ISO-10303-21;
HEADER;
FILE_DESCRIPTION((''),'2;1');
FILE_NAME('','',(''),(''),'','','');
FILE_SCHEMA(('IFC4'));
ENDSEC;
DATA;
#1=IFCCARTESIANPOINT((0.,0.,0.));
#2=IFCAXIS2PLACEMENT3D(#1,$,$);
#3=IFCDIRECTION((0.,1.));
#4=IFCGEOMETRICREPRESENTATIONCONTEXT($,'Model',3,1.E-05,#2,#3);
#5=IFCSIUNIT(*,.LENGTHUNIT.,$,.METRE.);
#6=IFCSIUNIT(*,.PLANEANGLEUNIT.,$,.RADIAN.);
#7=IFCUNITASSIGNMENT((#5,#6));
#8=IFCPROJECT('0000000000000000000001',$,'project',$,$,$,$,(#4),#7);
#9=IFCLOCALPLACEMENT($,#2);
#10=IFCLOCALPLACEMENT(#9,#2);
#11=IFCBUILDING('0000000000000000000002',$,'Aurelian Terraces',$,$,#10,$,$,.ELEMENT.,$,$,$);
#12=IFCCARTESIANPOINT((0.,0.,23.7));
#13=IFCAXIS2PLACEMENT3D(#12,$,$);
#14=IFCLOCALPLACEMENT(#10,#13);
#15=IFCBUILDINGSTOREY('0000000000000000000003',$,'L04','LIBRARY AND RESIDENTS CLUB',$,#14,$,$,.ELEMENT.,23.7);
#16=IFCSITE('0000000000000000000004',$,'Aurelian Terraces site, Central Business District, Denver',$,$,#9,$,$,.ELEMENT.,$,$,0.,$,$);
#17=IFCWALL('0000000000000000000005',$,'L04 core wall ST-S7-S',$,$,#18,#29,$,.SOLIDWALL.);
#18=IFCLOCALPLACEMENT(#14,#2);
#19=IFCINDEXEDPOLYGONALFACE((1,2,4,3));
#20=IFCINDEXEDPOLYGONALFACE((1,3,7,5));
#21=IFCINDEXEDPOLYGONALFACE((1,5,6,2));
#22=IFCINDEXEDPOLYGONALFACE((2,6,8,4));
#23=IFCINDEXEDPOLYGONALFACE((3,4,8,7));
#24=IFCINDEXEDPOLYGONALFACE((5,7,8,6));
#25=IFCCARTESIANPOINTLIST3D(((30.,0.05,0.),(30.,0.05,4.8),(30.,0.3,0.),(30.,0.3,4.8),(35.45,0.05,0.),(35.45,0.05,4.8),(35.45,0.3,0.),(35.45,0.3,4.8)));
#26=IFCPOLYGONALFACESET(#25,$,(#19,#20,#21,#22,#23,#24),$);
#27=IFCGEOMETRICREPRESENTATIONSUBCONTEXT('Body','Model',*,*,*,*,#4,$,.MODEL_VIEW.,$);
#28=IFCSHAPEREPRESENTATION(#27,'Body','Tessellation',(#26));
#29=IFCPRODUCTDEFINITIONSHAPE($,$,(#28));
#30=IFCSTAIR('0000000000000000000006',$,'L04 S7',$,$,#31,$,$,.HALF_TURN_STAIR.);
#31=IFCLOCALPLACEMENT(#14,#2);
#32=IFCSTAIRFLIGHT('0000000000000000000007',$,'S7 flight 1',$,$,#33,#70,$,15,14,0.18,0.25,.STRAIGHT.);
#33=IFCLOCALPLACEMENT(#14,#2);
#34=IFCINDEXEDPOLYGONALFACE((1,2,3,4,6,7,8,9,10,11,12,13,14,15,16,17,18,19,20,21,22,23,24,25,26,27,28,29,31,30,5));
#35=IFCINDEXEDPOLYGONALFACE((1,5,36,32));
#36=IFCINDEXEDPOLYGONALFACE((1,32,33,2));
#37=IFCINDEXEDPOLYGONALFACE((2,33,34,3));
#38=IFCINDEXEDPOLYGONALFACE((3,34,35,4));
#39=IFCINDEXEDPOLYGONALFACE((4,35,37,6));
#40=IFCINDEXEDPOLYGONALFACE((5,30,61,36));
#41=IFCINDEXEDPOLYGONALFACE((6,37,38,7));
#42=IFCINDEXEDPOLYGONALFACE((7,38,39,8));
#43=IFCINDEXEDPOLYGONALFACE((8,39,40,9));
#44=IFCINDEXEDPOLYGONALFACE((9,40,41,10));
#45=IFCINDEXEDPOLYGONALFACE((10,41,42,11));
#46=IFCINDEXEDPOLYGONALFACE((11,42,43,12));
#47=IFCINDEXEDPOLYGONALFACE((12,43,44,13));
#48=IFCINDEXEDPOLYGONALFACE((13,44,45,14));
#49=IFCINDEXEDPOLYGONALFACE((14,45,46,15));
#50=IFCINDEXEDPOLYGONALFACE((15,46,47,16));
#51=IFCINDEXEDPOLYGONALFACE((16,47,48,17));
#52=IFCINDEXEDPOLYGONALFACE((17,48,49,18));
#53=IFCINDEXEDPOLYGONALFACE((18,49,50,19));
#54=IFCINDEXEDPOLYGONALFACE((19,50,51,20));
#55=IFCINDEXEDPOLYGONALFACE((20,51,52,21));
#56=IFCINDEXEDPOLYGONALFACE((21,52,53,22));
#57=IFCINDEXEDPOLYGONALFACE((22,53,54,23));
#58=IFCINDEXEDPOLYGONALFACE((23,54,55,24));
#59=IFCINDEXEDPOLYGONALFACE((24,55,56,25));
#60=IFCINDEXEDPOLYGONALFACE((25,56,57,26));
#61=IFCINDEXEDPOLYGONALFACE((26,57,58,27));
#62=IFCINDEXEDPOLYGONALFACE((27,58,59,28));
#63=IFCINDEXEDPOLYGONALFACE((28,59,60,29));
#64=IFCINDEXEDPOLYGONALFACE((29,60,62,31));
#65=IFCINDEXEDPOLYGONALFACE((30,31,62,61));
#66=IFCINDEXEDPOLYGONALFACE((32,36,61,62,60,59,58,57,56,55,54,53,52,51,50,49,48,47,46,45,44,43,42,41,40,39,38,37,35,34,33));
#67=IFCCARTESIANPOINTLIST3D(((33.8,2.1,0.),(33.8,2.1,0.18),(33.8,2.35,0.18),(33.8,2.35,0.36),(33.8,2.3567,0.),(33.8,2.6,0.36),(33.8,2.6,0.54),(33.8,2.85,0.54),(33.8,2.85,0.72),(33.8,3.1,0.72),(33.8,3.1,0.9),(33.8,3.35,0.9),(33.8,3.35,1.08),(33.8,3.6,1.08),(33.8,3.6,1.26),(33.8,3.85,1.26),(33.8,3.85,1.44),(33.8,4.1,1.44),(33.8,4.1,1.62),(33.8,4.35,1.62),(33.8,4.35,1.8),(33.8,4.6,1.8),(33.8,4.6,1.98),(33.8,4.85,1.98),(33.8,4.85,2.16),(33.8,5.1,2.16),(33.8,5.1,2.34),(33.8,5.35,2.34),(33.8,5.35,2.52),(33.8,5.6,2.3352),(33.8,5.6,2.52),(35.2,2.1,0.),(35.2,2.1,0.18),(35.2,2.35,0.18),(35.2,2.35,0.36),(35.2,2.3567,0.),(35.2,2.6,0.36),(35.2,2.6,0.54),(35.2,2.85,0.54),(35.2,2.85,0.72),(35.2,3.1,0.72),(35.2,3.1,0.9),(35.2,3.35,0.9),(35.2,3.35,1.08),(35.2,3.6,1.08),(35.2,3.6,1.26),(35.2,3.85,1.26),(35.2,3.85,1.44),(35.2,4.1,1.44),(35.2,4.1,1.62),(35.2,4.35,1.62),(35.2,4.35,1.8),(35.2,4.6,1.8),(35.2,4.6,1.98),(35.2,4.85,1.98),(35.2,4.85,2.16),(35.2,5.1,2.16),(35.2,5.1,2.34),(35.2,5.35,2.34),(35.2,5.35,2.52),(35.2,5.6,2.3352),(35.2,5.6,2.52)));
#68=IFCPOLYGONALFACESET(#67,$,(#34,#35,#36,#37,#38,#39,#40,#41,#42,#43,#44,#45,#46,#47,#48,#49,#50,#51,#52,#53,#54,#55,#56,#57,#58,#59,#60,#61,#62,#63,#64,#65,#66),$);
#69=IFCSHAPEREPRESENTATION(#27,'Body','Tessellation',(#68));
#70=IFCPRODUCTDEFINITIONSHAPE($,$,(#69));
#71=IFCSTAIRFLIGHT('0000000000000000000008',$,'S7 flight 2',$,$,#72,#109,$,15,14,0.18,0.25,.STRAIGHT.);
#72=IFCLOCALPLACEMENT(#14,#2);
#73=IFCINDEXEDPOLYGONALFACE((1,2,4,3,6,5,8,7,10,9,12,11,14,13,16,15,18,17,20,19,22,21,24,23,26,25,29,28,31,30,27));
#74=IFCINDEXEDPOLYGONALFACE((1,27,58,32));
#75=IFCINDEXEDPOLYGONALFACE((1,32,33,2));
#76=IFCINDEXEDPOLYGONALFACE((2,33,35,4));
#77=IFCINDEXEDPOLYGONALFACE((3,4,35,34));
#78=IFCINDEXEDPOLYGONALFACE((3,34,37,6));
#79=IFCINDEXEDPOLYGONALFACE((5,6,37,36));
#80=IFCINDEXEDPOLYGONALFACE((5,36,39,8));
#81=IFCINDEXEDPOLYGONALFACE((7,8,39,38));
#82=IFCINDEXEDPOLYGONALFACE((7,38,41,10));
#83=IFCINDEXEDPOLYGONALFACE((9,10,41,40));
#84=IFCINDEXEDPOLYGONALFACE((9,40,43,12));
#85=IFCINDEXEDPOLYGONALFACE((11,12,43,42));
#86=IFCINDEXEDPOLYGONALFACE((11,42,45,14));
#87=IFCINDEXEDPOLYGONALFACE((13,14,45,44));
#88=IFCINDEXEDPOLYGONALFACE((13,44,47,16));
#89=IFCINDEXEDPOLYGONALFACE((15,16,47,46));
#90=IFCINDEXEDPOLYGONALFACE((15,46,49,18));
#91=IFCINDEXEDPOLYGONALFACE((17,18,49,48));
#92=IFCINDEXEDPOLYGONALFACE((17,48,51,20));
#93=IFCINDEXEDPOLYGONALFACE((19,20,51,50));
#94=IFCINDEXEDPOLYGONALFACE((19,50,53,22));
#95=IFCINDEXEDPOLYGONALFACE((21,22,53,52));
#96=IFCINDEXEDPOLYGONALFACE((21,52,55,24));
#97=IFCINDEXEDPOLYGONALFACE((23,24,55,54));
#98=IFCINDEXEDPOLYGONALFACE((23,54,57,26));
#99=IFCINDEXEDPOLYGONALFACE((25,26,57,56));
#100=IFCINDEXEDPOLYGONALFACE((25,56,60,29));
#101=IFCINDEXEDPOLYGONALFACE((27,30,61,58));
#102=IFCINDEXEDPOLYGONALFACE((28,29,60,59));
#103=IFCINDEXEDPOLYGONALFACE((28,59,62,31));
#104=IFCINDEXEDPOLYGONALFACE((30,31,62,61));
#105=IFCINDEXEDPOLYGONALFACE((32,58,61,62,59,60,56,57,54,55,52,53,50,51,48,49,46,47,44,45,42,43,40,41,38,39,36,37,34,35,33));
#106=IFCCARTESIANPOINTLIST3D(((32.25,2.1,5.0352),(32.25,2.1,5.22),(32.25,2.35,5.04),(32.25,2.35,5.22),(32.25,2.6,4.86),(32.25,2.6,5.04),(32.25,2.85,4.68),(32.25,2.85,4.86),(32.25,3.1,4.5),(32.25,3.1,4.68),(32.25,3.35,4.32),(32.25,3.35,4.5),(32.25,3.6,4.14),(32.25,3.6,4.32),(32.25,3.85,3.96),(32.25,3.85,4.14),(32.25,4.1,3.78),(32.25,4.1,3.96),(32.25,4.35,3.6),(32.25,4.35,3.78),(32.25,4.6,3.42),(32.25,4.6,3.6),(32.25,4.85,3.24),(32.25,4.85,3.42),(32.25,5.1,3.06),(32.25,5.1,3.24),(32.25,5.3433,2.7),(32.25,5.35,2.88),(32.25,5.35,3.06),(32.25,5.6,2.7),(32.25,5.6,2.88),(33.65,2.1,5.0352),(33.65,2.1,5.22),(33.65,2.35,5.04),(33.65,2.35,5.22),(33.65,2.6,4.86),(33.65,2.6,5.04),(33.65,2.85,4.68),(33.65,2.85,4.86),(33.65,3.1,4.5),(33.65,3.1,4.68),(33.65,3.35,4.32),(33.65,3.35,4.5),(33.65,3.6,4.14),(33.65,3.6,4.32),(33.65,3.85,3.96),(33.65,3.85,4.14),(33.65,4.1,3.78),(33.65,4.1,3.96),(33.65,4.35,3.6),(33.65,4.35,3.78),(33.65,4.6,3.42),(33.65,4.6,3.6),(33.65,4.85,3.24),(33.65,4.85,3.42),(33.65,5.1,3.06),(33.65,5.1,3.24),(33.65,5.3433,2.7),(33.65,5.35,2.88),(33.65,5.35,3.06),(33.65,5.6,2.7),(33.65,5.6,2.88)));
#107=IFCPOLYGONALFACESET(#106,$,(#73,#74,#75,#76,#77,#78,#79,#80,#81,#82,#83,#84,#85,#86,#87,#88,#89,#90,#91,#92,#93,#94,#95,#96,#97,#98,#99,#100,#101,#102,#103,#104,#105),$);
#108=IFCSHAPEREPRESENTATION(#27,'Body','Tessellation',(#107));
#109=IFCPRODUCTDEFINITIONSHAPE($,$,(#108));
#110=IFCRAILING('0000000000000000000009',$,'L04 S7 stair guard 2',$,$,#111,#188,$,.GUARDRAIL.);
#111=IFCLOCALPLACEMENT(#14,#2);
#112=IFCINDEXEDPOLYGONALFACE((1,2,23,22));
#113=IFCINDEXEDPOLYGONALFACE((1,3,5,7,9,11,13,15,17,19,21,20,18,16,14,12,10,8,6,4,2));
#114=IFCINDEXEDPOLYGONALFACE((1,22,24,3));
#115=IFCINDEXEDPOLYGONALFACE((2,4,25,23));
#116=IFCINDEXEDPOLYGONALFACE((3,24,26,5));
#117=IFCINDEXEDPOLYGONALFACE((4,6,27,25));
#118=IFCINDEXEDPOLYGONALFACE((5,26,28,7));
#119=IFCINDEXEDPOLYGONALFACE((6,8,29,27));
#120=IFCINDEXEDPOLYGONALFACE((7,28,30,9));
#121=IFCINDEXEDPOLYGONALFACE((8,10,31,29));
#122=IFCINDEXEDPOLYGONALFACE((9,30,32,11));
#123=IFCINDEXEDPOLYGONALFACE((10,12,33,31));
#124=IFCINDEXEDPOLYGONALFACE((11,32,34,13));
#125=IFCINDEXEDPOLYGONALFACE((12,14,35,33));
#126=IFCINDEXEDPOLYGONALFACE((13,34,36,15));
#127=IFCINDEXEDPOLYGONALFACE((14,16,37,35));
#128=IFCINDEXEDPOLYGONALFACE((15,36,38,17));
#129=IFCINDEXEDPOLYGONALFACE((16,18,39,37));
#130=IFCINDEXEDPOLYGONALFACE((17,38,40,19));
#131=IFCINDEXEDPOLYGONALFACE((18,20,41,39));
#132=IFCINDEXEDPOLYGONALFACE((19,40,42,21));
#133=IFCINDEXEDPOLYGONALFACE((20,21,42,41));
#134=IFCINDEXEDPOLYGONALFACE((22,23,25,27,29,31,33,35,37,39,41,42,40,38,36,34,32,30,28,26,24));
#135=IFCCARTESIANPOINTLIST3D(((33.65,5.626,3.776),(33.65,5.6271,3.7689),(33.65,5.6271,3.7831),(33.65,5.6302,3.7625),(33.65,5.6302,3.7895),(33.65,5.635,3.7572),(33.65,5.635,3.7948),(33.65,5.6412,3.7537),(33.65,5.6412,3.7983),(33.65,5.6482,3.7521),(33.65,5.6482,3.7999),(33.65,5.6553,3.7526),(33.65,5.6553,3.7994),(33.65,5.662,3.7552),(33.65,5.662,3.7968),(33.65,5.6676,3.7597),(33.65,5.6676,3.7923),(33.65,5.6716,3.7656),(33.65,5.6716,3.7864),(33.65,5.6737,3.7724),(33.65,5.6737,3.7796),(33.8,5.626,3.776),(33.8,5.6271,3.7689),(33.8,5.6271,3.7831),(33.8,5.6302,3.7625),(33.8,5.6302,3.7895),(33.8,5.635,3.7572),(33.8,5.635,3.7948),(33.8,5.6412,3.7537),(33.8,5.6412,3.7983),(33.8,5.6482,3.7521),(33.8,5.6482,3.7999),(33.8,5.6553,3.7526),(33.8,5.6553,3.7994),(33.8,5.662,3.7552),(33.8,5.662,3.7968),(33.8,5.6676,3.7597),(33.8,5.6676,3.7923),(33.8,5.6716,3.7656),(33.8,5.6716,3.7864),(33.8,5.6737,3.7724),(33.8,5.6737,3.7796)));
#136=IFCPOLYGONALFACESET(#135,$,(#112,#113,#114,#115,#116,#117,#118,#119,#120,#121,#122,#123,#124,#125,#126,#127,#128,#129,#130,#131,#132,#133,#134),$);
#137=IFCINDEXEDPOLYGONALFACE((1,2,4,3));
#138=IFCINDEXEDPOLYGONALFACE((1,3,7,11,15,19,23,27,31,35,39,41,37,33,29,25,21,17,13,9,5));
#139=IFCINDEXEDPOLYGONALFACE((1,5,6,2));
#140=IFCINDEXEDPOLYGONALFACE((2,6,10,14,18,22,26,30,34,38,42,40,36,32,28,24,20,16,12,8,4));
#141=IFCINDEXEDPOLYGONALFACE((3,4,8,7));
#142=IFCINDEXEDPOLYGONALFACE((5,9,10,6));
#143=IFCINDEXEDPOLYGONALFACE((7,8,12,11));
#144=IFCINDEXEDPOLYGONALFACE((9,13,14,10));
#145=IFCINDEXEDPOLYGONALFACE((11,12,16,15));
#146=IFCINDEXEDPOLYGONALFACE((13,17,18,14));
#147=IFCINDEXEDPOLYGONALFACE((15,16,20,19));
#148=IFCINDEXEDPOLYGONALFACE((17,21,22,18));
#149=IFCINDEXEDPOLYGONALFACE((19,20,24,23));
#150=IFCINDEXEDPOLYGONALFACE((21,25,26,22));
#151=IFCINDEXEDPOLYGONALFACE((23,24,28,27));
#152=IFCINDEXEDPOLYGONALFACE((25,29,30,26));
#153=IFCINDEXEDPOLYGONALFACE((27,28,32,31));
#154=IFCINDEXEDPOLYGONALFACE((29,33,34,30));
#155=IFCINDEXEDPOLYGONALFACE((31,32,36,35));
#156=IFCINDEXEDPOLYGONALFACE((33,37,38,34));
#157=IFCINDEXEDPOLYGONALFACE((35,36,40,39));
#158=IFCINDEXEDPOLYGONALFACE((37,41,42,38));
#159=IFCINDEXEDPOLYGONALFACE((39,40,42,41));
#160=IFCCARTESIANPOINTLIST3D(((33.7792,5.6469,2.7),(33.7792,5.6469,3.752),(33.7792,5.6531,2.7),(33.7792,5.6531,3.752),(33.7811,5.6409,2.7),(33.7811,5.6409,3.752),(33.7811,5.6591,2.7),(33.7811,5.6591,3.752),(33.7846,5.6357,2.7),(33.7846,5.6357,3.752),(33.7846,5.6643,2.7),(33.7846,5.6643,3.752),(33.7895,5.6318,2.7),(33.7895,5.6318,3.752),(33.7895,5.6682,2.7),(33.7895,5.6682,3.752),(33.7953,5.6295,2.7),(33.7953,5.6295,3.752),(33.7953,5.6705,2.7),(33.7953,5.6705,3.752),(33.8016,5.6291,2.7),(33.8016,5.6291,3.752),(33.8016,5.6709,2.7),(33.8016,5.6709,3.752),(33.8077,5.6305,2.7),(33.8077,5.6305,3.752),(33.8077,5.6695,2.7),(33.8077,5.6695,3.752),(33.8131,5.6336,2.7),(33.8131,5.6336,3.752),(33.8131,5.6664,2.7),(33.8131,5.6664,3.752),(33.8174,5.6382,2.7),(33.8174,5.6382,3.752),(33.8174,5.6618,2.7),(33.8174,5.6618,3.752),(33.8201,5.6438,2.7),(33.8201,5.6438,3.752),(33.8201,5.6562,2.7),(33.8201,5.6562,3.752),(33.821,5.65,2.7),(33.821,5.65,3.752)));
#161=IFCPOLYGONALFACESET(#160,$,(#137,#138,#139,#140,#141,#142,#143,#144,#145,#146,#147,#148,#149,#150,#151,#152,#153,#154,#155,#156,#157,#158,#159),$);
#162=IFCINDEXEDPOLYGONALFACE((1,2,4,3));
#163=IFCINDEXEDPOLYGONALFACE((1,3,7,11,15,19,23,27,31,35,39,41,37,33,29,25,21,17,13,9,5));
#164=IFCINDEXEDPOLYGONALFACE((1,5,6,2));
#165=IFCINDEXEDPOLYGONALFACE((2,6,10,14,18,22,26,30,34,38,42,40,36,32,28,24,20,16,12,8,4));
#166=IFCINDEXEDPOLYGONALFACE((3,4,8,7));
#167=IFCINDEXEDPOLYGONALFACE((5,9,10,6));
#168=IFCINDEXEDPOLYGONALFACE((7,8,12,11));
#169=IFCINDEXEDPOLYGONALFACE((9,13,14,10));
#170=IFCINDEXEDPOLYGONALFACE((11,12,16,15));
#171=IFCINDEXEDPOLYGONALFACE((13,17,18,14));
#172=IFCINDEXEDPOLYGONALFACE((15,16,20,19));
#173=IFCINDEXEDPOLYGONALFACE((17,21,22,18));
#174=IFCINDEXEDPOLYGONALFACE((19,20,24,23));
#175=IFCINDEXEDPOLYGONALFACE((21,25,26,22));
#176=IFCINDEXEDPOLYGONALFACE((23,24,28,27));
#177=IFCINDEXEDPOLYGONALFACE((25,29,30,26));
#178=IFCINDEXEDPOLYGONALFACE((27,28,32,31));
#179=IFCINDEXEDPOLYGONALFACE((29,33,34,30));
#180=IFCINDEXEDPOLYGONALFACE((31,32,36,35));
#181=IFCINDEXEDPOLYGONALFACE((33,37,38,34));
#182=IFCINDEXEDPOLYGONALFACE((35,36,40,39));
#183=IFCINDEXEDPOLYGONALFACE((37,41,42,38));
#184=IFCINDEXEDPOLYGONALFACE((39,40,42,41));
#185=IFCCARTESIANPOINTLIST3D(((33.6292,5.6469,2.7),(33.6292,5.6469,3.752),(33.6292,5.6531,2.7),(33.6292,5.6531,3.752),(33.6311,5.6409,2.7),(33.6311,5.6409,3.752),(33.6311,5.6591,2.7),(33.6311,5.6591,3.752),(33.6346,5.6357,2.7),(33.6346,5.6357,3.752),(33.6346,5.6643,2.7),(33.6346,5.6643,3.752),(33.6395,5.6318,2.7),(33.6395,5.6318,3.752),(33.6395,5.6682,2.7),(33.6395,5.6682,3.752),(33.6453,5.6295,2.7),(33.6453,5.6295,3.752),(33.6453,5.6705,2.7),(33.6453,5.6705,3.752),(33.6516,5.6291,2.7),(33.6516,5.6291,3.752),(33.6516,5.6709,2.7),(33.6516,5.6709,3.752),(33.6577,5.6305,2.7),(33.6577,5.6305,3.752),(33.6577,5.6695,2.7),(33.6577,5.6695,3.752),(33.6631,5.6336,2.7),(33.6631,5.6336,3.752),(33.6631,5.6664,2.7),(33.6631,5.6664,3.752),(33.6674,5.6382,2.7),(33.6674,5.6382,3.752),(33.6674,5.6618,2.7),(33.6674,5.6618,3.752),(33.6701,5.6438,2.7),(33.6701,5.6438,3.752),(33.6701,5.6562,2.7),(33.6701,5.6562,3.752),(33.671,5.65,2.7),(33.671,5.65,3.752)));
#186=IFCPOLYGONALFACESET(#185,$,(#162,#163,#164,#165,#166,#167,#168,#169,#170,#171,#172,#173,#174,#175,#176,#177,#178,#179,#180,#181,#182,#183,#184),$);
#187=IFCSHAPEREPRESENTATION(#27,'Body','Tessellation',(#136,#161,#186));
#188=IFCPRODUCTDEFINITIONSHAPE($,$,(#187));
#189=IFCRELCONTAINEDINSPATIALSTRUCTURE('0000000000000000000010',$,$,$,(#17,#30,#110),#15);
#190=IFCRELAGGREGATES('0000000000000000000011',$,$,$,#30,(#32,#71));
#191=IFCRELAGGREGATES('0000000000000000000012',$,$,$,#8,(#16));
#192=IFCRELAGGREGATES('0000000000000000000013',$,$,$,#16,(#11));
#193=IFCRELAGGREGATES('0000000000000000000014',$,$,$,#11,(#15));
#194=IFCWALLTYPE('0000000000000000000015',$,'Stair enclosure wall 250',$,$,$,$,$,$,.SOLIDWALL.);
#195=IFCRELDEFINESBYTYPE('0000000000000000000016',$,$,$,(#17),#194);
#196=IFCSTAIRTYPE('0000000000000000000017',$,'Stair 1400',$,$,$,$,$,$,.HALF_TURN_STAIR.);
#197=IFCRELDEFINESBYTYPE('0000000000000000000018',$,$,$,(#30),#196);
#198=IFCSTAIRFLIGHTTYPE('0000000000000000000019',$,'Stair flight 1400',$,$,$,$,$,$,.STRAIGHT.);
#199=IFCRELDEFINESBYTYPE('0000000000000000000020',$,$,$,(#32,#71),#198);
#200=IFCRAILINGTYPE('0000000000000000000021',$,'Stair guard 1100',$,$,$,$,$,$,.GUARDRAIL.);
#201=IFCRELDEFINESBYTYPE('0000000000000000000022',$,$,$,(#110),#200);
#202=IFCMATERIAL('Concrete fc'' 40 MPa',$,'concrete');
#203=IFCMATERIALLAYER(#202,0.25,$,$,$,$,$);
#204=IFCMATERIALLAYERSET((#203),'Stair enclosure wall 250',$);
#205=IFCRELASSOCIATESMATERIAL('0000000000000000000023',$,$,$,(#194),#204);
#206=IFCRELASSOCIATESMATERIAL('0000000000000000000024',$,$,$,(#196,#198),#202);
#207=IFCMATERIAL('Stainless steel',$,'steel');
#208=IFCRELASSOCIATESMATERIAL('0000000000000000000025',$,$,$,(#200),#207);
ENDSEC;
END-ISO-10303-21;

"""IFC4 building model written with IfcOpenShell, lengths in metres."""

from ifc_helpers import new_model, si_unit, direction, frame, frame_2d, origin, origin_2d, place, context, subcontext, project, spatial, polyline, rectangle, circle, outline, extrude, source, transform, mapped, material, layer, layer_set, type_object, element, aggregate, save


model = new_model("IFC4")

# Units and contexts
model_context = context("Model", 3, precision=1e-05, world=origin(), true_north=direction((0.0, 1.0)))
body_context = subcontext(model_context, "Body", "Model", "MODEL_VIEW")
ifc_project = project(units=[si_unit("LENGTHUNIT", "METRE"), si_unit("PLANEANGLEUNIT", "RADIAN")], contexts=[model_context])

# Site, building, storey
site_placement = place(None, origin())
site = spatial("IfcSite", under=ifc_project, at=site_placement, Name="Aurelian Terraces site, Central Business District, Denver", CompositionType="ELEMENT", RefElevation=0.0)
building_placement = place(site_placement, origin())
building = spatial("IfcBuilding", under=site, at=building_placement, Name="Aurelian Terraces", CompositionType="ELEMENT")
storey_placement = place(building_placement, frame((0.0, 0.0, 23.7)))
storey = spatial("IfcBuildingStorey", under=building, at=storey_placement, Name="L04", Description="LIBRARY AND RESIDENTS CLUB", CompositionType="ELEMENT", Elevation=23.7)

# Shared definitions
ifc_material_1 = material(Name="Concrete fc' 40 MPa", Category="concrete")
ifc_layer_1 = layer(ifc_material_1, 0.25)
ifc_layer_set_1 = layer_set([ifc_layer_1], Name="Stair enclosure wall 250")
wall_type_1 = type_object("IfcWallType", Name="Stair enclosure wall 250", PredefinedType="SOLIDWALL", material=ifc_layer_set_1)

# Wall
shared_shape_1 = source(origin(), body_context, "Body", "SweptSolid", [
    extrude(rectangle(XDim=5.45, YDim=0.25, at=frame_2d((2.725, 0.0))), origin(), (0.0, 0.0, 1.0), 4.8),
])
for number, where, z_axis, x_axis, name in (
    (1, (30.0, 0.175, 0.0), (0.0, 0.0, 1.0), (1.0, 0.0, 0.0), "L04 core wall ST-S7-S"),
):
    element("IfcWall", number, at=place(storey_placement, frame(where, z_axis=z_axis, x_axis=x_axis)), inside=storey, type_object=wall_type_1, Name=name, PredefinedType="SOLIDWALL", context=body_context, shape_type="MappedRepresentation", body=[
        mapped(shared_shape_1, transform((0.0, 0.0, 0.0), scale=1.0)),
    ])

# Stair, stair flights
stair_type = type_object("IfcStairType", Name="Stair 1400", PredefinedType="HALF_TURN_STAIR", material=ifc_material_1)
stair_placement = place(storey_placement, origin())
stair = element("IfcStair", 2, at=stair_placement, inside=storey, type_object=stair_type, Name="L04 S7", PredefinedType="HALF_TURN_STAIR")
stair_flight_type = type_object("IfcStairFlightType", Name="Stair flight 1400", PredefinedType="STRAIGHT", material=ifc_material_1)
shared_shape_2 = source(origin(), body_context, "Body", "SweptSolid", [
    extrude(outline(polyline([(0.0, 0.0), (0.0, 0.18), (0.25, 0.18), (0.25, 0.36), (0.5, 0.36), (0.5, 0.54), (0.75, 0.54), (0.75, 0.72), (1.0, 0.72), (1.0, 0.9), (1.25, 0.9), (1.25, 1.08), (1.5, 1.08), (1.5, 1.26), (1.75, 1.26), (1.75, 1.44), (2.0, 1.44), (2.0, 1.62), (2.25, 1.62), (2.25, 1.8), (2.5, 1.8), (2.5, 1.98), (2.75, 1.98), (2.75, 2.16), (3.0, 2.16), (3.0, 2.34), (3.25, 2.34), (3.25, 2.52), (3.5, 2.52), (3.5, 2.7), (3.5, 2.3352), (0.2567, 0.0), (0.0, 0.0)])), frame((0.0, 0.7, 0.0), z_axis=(0.0, -1.0, 0.0), x_axis=(1.0, 0.0, 0.0)), (0.0, 0.0, 1.0), 1.4),
])
stair_flight_1_placement = place(storey_placement, frame((34.5, 2.1, 0.0), z_axis=(0.0, 0.0, 1.0), x_axis=(0.0, 1.0, 0.0)))
stair_flight_1 = element("IfcStairFlight", 3, at=stair_flight_1_placement, type_object=stair_flight_type, Name="S7 flight 1", NumberOfRisers=15, NumberOfTreads=14, PredefinedType="STRAIGHT", RiserHeight=0.18, TreadLength=0.25, context=body_context, shape_type="MappedRepresentation", body=[
    mapped(shared_shape_2, transform((0.0, 0.0, 0.0), scale=1.0)),
])
stair_flight_2_placement = place(storey_placement, frame((32.95, 5.6, 2.7), z_axis=(0.0, 0.0, 1.0), x_axis=(0.0, -1.0, 0.0)))
stair_flight_2 = element("IfcStairFlight", 4, at=stair_flight_2_placement, type_object=stair_flight_type, Name="S7 flight 2", NumberOfRisers=15, NumberOfTreads=14, PredefinedType="STRAIGHT", RiserHeight=0.18, TreadLength=0.25, context=body_context, shape_type="MappedRepresentation", body=[
    mapped(shared_shape_2, transform((0.0, 0.0, 0.0), scale=1.0)),
])
aggregate(stair, [stair_flight_1, stair_flight_2])

# Railing
ifc_material_2 = material(Name="Stainless steel", Category="steel")
railing_type_1 = type_object("IfcRailingType", Name="Stair guard 1100", PredefinedType="GUARDRAIL", material=ifc_material_2)
shared_shape_3 = source(origin(), body_context, "Body", "SweptSolid", [
    extrude(circle(Radius=0.024, at=origin_2d()), frame((0.0, 0.0, 1.076), z_axis=(-1.0, 0.0, 0.0), x_axis=(0.0, -1.0, 0.0)), (0.0, 0.0, 1.0), 0.15),
    extrude(circle(Radius=0.021, at=origin_2d()), origin(), (0.0, 0.0, 1.0), 1.052),
    extrude(circle(Radius=0.021, at=origin_2d()), frame((-0.15, 0.0, 0.0)), (0.0, 0.0, 1.0), 1.052),
])
for number, where, name in (
    (5, (33.8, 5.65, 2.7), "L04 S7 stair guard 2"),
):
    element("IfcRailing", number, at=place(storey_placement, frame(where)), inside=storey, type_object=railing_type_1, Name=name, PredefinedType="GUARDRAIL", context=body_context, shape_type="MappedRepresentation", body=[
        mapped(shared_shape_3, transform((0.0, 0.0, 0.0), scale=1.0)),
    ])

save(model, "model.ifc")
